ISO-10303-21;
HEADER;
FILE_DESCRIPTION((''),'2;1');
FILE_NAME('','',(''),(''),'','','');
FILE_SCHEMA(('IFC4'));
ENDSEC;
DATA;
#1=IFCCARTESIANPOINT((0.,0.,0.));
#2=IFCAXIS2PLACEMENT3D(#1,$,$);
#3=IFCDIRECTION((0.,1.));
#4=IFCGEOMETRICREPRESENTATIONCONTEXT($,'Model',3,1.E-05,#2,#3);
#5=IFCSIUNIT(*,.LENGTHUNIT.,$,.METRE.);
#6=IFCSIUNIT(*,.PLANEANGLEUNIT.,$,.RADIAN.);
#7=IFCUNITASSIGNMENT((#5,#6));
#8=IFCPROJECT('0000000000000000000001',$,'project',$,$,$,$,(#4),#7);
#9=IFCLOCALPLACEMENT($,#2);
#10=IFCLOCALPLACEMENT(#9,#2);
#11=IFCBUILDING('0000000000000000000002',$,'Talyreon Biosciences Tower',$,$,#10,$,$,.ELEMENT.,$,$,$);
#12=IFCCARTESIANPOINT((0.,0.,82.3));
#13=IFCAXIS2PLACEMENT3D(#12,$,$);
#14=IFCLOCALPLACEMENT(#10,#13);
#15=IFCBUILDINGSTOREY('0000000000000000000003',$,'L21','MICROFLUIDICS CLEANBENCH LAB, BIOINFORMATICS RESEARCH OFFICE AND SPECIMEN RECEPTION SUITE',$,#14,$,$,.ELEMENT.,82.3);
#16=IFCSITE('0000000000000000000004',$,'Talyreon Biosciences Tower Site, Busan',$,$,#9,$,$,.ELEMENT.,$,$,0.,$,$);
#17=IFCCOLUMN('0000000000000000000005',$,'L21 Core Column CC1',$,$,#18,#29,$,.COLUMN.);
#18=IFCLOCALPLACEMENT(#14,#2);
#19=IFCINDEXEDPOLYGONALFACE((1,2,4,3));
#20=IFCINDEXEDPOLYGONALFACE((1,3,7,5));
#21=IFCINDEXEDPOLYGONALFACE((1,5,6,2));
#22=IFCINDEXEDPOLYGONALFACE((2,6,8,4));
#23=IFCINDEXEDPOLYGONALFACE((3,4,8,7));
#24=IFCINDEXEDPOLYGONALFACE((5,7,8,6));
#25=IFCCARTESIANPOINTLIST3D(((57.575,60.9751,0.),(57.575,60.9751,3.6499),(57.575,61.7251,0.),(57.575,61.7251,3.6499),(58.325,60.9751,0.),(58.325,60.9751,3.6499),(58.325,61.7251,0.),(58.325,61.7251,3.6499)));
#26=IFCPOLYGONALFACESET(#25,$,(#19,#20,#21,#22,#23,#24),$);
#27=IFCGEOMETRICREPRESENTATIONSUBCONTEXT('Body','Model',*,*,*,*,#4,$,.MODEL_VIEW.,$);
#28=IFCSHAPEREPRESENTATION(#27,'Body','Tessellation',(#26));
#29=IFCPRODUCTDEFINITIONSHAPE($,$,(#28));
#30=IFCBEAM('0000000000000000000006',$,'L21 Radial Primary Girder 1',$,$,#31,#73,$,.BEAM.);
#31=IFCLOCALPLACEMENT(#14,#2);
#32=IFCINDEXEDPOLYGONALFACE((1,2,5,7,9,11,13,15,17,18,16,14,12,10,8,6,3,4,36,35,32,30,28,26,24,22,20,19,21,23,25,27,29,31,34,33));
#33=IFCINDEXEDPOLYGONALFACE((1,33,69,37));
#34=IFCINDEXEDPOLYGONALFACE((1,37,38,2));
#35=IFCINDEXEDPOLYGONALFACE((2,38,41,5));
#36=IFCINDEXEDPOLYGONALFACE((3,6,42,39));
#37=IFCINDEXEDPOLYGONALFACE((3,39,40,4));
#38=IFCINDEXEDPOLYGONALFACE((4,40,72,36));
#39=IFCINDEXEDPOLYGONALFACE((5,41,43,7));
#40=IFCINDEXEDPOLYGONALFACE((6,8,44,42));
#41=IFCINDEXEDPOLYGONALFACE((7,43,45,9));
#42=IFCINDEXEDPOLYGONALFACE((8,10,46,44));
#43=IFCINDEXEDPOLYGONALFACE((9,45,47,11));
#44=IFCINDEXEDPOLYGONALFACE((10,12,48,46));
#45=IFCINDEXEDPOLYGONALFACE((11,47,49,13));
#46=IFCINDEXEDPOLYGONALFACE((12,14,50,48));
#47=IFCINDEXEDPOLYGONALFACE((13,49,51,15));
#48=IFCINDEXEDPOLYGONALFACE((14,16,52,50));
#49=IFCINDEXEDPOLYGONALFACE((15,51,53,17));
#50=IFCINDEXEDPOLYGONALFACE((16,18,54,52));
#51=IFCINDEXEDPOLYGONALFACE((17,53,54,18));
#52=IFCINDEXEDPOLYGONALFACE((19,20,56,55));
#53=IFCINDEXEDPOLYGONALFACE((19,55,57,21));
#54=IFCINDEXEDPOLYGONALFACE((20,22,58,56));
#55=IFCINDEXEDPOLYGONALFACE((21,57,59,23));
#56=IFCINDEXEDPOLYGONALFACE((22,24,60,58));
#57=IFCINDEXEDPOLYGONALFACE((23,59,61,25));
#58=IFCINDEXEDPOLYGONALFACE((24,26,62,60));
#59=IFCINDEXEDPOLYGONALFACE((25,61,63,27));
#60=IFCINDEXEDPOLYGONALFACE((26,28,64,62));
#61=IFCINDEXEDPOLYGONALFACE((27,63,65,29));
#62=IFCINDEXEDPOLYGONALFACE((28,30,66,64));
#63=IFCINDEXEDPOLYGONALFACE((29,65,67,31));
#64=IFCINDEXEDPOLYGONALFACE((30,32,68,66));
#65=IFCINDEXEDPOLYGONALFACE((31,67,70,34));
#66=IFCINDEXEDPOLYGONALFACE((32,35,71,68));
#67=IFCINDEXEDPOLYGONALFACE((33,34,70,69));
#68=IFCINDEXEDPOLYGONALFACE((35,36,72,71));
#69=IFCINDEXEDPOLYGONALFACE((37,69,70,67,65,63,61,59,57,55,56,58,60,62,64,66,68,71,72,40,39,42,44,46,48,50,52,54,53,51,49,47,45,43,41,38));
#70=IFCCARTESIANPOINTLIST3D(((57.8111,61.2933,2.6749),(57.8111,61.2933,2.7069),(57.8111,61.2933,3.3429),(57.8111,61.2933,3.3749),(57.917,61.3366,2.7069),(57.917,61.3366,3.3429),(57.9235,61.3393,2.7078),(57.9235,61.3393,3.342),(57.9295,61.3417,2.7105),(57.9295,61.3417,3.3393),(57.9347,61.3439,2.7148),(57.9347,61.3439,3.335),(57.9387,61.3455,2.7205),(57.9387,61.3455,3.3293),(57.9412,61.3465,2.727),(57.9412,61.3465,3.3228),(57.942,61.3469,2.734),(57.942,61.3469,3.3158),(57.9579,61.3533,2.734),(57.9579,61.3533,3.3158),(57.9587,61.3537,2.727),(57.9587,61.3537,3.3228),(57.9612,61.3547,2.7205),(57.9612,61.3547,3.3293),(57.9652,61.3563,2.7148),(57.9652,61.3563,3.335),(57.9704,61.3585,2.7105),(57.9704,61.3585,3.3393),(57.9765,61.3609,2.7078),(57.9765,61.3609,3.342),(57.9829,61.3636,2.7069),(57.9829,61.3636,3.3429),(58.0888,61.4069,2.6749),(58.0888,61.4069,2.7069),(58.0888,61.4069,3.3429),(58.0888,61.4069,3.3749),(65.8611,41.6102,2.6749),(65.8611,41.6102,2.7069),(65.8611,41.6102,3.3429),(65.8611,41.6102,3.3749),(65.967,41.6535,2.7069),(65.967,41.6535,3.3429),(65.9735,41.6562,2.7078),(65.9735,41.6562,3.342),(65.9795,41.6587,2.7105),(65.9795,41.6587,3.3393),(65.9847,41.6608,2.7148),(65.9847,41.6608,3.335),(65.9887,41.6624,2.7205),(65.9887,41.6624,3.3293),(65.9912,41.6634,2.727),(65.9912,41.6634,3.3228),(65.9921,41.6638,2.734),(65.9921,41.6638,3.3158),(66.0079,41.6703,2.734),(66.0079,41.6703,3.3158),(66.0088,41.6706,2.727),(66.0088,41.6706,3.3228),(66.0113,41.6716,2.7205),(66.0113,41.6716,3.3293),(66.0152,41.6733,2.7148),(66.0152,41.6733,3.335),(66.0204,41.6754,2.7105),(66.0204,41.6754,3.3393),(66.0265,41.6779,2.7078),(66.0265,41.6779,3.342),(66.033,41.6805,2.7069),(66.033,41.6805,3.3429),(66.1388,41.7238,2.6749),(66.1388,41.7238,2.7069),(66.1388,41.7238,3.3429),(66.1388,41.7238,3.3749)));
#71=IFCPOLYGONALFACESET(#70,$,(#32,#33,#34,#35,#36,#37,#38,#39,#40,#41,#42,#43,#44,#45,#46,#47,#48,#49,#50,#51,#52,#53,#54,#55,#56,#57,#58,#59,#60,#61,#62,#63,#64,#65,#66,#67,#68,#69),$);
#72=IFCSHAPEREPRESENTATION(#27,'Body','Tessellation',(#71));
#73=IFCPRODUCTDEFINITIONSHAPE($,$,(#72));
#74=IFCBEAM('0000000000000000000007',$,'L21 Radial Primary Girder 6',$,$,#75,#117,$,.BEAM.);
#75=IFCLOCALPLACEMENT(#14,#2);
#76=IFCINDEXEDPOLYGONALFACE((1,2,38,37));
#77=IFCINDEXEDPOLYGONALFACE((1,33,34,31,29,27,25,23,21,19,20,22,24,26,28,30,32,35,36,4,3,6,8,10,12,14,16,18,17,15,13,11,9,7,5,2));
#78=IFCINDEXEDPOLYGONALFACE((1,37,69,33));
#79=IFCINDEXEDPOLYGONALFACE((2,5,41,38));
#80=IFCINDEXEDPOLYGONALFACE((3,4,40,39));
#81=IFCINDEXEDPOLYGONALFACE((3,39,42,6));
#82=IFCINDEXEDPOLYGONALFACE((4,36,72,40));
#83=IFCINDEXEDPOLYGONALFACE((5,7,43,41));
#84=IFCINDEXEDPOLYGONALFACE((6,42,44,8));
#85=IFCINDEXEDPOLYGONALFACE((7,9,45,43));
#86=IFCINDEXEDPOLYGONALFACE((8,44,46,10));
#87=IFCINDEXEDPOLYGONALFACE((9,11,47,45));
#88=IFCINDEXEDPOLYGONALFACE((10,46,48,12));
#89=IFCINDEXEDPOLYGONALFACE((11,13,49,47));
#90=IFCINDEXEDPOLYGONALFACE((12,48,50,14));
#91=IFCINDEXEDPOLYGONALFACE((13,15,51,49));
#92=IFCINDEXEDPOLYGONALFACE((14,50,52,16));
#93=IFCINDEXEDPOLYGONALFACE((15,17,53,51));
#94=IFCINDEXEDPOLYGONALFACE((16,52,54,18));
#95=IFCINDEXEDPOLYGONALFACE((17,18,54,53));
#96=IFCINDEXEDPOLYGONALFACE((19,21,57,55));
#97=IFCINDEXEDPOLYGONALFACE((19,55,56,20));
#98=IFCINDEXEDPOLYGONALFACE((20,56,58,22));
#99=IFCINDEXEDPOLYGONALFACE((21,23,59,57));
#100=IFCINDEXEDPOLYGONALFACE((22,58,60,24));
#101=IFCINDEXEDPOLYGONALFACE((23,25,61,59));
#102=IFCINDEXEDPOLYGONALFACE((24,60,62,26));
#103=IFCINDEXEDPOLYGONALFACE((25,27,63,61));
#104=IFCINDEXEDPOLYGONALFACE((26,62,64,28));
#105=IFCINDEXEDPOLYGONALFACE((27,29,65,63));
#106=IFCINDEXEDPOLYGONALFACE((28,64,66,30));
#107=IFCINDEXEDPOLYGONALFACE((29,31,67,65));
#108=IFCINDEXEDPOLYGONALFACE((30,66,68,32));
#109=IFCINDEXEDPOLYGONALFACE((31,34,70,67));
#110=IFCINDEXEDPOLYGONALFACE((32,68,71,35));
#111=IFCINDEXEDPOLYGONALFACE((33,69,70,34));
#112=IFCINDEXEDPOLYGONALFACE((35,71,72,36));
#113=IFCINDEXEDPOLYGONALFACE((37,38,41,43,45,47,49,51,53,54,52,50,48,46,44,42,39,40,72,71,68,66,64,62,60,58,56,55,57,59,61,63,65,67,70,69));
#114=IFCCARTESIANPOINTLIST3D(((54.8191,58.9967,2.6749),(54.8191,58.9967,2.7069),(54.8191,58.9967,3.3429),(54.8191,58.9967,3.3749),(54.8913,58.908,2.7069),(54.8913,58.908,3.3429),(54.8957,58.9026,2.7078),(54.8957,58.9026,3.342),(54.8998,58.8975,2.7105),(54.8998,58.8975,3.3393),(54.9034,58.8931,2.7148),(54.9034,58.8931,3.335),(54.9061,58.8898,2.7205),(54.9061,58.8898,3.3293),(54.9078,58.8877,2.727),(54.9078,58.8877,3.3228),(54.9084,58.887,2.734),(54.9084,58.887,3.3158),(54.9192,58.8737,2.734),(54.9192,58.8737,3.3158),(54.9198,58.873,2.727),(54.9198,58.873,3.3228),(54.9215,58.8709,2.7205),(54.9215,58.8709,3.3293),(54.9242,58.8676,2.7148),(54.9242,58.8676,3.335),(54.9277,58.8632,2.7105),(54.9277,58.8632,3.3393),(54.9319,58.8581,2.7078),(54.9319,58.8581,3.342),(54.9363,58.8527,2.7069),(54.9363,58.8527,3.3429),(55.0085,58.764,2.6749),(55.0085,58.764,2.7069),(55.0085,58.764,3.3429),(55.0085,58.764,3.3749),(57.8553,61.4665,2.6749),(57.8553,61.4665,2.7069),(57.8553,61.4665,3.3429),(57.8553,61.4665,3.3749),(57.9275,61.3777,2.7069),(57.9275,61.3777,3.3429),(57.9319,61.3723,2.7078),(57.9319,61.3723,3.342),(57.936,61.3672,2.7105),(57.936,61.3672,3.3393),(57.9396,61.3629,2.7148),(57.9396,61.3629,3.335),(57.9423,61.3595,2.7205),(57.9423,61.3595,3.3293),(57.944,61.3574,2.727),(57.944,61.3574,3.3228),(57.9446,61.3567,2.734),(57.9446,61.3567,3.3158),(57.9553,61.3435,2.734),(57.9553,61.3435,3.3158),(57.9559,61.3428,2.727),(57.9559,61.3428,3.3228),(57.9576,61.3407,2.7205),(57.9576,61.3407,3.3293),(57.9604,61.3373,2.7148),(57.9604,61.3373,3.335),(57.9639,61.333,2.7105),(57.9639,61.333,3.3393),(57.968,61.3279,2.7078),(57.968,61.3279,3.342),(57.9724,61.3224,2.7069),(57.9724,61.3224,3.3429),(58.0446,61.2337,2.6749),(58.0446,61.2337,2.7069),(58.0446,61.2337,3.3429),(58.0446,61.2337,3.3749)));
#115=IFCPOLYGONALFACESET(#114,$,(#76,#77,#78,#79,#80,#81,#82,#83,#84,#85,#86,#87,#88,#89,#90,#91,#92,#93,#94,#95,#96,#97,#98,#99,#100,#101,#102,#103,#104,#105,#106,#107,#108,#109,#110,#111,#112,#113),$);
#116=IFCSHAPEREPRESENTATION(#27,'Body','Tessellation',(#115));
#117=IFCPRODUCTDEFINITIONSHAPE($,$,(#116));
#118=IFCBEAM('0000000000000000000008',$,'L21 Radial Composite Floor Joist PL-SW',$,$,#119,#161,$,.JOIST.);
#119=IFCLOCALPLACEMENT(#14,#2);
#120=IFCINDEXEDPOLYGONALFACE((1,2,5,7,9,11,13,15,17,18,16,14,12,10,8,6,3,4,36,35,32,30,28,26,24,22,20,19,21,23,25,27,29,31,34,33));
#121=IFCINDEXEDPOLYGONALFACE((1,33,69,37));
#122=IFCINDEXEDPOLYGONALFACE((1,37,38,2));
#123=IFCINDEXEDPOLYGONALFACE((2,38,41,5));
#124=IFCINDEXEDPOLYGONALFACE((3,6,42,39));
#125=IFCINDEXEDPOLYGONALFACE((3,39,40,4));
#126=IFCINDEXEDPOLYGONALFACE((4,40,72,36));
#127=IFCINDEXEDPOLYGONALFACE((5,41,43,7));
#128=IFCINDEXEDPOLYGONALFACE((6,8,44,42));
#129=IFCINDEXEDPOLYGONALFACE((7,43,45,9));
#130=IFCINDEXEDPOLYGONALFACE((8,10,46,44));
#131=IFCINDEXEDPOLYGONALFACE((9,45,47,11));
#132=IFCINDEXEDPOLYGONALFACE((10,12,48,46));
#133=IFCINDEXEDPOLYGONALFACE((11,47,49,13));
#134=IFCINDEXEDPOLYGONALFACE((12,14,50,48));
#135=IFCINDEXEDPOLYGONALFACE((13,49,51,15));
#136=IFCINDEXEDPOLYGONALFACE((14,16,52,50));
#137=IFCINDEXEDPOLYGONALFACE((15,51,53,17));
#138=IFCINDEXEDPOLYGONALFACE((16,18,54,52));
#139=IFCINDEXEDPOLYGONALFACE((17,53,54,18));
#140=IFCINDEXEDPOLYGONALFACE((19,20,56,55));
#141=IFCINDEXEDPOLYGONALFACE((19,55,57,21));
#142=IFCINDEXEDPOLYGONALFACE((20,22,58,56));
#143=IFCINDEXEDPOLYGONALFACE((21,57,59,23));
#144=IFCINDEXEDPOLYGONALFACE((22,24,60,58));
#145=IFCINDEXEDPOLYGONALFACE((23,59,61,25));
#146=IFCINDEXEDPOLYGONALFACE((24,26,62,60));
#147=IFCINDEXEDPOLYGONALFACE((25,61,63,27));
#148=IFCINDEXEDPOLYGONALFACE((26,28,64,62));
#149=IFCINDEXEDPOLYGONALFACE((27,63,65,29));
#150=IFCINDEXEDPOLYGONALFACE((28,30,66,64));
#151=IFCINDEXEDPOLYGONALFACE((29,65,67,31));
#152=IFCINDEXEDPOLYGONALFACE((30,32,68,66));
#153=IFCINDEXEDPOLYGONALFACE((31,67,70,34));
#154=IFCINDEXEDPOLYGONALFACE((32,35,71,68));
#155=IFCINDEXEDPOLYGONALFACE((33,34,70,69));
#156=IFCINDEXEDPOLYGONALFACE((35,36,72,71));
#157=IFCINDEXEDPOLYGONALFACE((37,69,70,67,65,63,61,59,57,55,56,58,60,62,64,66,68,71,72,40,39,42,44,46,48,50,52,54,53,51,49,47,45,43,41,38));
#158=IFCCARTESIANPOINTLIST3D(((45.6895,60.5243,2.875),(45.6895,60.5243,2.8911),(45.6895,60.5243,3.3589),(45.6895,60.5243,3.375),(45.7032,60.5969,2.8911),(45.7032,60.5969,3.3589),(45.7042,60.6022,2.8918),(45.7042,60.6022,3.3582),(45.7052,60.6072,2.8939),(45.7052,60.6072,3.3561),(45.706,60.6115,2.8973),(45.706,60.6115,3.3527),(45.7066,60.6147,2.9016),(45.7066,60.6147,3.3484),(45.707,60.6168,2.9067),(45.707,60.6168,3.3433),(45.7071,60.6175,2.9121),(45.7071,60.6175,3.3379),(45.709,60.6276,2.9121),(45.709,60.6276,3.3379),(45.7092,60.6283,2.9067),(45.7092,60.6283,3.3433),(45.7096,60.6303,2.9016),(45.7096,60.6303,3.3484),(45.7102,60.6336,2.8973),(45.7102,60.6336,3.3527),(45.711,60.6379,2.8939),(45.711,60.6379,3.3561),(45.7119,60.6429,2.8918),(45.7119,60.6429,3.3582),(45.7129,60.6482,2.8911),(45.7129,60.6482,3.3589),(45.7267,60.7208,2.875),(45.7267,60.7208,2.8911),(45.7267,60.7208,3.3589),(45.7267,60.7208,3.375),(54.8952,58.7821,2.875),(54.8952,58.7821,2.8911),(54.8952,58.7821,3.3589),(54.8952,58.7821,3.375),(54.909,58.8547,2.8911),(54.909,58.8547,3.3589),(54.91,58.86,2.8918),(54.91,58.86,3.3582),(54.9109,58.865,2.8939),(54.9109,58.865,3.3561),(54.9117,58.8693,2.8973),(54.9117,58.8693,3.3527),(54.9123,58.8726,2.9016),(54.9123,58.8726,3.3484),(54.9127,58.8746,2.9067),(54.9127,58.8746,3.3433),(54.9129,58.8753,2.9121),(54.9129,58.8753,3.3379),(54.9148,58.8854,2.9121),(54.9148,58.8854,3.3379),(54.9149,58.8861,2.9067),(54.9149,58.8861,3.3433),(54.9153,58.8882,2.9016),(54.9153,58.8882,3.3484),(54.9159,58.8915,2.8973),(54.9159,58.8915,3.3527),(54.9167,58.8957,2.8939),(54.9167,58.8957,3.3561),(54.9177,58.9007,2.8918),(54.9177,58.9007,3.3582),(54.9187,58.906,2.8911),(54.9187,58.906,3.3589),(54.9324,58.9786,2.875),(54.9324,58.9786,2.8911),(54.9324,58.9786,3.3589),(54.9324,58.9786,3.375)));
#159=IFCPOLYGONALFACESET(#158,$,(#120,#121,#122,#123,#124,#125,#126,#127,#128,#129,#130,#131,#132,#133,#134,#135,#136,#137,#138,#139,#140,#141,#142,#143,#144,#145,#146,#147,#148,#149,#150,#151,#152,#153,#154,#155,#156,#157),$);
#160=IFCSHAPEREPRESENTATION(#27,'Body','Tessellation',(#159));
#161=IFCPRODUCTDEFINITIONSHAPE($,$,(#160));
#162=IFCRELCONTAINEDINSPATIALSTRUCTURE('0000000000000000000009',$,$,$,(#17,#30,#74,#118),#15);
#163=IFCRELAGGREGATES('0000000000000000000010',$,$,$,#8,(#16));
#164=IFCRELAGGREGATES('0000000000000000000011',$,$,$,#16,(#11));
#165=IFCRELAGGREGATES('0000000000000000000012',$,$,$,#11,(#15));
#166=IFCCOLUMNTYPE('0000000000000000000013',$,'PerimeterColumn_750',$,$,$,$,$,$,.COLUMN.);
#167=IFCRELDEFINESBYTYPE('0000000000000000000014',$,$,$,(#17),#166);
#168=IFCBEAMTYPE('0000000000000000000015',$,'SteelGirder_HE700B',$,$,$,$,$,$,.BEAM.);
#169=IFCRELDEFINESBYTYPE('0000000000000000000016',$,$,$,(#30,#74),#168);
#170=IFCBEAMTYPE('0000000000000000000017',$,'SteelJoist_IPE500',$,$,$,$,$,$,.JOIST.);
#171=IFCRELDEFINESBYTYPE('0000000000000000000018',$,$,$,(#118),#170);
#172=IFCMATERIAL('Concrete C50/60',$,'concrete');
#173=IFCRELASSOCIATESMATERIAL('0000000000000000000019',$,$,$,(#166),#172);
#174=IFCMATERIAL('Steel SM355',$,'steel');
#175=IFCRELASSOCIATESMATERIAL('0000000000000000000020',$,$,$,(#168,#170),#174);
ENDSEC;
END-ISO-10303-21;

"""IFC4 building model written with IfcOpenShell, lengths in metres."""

from ifc_helpers import new_model, si_unit, direction, frame, origin, origin_2d, place, context, subcontext, project, spatial, rectangle, i_section, extrude, material, material_profile, profile_set, type_object, element, save


model = new_model("IFC4")

# Units and contexts
model_context = context("Model", 3, precision=1e-05, world=origin(), true_north=direction((0.0, 1.0)))
body_context = subcontext(model_context, "Body", "Model", "MODEL_VIEW")
ifc_project = project(units=[si_unit("LENGTHUNIT", "METRE"), si_unit("PLANEANGLEUNIT", "RADIAN")], contexts=[model_context])

# Site, building, storey
site_placement = place(None, origin())
site = spatial("IfcSite", under=ifc_project, at=site_placement, Name="Talyreon Biosciences Tower Site, Busan", CompositionType="ELEMENT", RefElevation=0.0)
building_placement = place(site_placement, origin())
building = spatial("IfcBuilding", under=site, at=building_placement, Name="Talyreon Biosciences Tower", CompositionType="ELEMENT")
storey_placement = place(building_placement, frame((0.0, 0.0, 82.3)))
storey = spatial("IfcBuildingStorey", under=building, at=storey_placement, Name="L21", Description="MICROFLUIDICS CLEANBENCH LAB, BIOINFORMATICS RESEARCH OFFICE AND SPECIMEN RECEPTION SUITE", CompositionType="ELEMENT", Elevation=82.3)

# Column
ifc_material_1 = material(Name="Concrete C50/60", Category="concrete")
ifc_material_profile_1 = material_profile(ifc_material_1, rectangle(XDim=0.75, YDim=0.75, at=origin_2d()), Name="RC 750x750")
ifc_profile_set_1 = profile_set([ifc_material_profile_1], Name="Concrete C50/60")
column_type = type_object("IfcColumnType", Name="PerimeterColumn_750", PredefinedType="COLUMN", material=ifc_profile_set_1)
column_placement = place(storey_placement, frame((57.95, 61.3501, 0.0), z_axis=(0.0, 0.0, 1.0), x_axis=(1.0, 0.0, 0.0)))
element("IfcColumn", 1, at=column_placement, inside=storey, type_object=column_type, Name="L21 Core Column CC1", PredefinedType="COLUMN", context=body_context, shape_type="SweptSolid", body=[
    extrude(rectangle(XDim=0.75, YDim=0.75, at=origin_2d()), origin(), (0.0, 0.0, 1.0), 3.6499),
])

# Beams
ifc_material_2 = material(Name="Steel SM355", Category="steel")
ifc_material_profile_2 = material_profile(ifc_material_2, i_section(OverallWidth=0.3, OverallDepth=0.7, WebThickness=0.0171, FlangeThickness=0.032, FilletRadius=0.0271, at=origin_2d()), Name="HE700B")
ifc_profile_set_2 = profile_set([ifc_material_profile_2], Name="Steel SM355")
beam_type_1 = type_object("IfcBeamType", Name="SteelGirder_HE700B", PredefinedType="BEAM", material=ifc_profile_set_2)
beam_1_placement = place(storey_placement, frame((57.95, 61.3501, 3.0249), z_axis=(0.378547, -0.925582, 0.0), x_axis=(0.925582, 0.378547, 0.0)))
element("IfcBeam", 2, at=beam_1_placement, inside=storey, type_object=beam_type_1, Name="L21 Radial Primary Girder 1", PredefinedType="BEAM", context=body_context, shape_type="SweptSolid", body=[
    extrude(i_section(OverallWidth=0.3, OverallDepth=0.7, WebThickness=0.0171, FlangeThickness=0.032, FilletRadius=0.0271, at=origin_2d()), origin(), (0.0, 0.0, 1.0), 21.2656),
])
beam_2_placement = place(storey_placement, frame((57.95, 61.3501, 3.0249), z_axis=(-0.775755, -0.631034, 0.0), x_axis=(0.631034, -0.775755, 0.0)))
element("IfcBeam", 3, at=beam_2_placement, inside=storey, type_object=beam_type_1, Name="L21 Radial Primary Girder 6", PredefinedType="BEAM", context=body_context, shape_type="SweptSolid", body=[
    extrude(i_section(OverallWidth=0.3, OverallDepth=0.7, WebThickness=0.0171, FlangeThickness=0.032, FilletRadius=0.0271, at=origin_2d()), origin(), (0.0, 0.0, 1.0), 3.9138),
])
ifc_material_profile_3 = material_profile(ifc_material_2, i_section(OverallWidth=0.2, OverallDepth=0.5, WebThickness=0.0103, FlangeThickness=0.0161, FilletRadius=0.021, at=origin_2d()), Name="IPE500")
ifc_profile_set_3 = profile_set([ifc_material_profile_3], Name="Steel SM355")
beam_type_2 = type_object("IfcBeamType", Name="SteelJoist_IPE500", PredefinedType="JOIST", material=ifc_profile_set_3)
beam_3_placement = place(storey_placement, frame((54.9138, 58.8804, 3.125), z_axis=(-0.98256, 0.185948, 0.0), x_axis=(-0.185948, -0.98256, 0.0)))
element("IfcBeam", 4, at=beam_3_placement, inside=storey, type_object=beam_type_2, Name="L21 Radial Composite Floor Joist PL-SW", PredefinedType="JOIST", context=body_context, shape_type="SweptSolid", body=[
    extrude(i_section(OverallWidth=0.2, OverallDepth=0.5, WebThickness=0.0103, FlangeThickness=0.0161, FilletRadius=0.021, at=origin_2d()), origin(), (0.0, 0.0, 1.0), 9.3691),
])

save(model, "model.ifc")
